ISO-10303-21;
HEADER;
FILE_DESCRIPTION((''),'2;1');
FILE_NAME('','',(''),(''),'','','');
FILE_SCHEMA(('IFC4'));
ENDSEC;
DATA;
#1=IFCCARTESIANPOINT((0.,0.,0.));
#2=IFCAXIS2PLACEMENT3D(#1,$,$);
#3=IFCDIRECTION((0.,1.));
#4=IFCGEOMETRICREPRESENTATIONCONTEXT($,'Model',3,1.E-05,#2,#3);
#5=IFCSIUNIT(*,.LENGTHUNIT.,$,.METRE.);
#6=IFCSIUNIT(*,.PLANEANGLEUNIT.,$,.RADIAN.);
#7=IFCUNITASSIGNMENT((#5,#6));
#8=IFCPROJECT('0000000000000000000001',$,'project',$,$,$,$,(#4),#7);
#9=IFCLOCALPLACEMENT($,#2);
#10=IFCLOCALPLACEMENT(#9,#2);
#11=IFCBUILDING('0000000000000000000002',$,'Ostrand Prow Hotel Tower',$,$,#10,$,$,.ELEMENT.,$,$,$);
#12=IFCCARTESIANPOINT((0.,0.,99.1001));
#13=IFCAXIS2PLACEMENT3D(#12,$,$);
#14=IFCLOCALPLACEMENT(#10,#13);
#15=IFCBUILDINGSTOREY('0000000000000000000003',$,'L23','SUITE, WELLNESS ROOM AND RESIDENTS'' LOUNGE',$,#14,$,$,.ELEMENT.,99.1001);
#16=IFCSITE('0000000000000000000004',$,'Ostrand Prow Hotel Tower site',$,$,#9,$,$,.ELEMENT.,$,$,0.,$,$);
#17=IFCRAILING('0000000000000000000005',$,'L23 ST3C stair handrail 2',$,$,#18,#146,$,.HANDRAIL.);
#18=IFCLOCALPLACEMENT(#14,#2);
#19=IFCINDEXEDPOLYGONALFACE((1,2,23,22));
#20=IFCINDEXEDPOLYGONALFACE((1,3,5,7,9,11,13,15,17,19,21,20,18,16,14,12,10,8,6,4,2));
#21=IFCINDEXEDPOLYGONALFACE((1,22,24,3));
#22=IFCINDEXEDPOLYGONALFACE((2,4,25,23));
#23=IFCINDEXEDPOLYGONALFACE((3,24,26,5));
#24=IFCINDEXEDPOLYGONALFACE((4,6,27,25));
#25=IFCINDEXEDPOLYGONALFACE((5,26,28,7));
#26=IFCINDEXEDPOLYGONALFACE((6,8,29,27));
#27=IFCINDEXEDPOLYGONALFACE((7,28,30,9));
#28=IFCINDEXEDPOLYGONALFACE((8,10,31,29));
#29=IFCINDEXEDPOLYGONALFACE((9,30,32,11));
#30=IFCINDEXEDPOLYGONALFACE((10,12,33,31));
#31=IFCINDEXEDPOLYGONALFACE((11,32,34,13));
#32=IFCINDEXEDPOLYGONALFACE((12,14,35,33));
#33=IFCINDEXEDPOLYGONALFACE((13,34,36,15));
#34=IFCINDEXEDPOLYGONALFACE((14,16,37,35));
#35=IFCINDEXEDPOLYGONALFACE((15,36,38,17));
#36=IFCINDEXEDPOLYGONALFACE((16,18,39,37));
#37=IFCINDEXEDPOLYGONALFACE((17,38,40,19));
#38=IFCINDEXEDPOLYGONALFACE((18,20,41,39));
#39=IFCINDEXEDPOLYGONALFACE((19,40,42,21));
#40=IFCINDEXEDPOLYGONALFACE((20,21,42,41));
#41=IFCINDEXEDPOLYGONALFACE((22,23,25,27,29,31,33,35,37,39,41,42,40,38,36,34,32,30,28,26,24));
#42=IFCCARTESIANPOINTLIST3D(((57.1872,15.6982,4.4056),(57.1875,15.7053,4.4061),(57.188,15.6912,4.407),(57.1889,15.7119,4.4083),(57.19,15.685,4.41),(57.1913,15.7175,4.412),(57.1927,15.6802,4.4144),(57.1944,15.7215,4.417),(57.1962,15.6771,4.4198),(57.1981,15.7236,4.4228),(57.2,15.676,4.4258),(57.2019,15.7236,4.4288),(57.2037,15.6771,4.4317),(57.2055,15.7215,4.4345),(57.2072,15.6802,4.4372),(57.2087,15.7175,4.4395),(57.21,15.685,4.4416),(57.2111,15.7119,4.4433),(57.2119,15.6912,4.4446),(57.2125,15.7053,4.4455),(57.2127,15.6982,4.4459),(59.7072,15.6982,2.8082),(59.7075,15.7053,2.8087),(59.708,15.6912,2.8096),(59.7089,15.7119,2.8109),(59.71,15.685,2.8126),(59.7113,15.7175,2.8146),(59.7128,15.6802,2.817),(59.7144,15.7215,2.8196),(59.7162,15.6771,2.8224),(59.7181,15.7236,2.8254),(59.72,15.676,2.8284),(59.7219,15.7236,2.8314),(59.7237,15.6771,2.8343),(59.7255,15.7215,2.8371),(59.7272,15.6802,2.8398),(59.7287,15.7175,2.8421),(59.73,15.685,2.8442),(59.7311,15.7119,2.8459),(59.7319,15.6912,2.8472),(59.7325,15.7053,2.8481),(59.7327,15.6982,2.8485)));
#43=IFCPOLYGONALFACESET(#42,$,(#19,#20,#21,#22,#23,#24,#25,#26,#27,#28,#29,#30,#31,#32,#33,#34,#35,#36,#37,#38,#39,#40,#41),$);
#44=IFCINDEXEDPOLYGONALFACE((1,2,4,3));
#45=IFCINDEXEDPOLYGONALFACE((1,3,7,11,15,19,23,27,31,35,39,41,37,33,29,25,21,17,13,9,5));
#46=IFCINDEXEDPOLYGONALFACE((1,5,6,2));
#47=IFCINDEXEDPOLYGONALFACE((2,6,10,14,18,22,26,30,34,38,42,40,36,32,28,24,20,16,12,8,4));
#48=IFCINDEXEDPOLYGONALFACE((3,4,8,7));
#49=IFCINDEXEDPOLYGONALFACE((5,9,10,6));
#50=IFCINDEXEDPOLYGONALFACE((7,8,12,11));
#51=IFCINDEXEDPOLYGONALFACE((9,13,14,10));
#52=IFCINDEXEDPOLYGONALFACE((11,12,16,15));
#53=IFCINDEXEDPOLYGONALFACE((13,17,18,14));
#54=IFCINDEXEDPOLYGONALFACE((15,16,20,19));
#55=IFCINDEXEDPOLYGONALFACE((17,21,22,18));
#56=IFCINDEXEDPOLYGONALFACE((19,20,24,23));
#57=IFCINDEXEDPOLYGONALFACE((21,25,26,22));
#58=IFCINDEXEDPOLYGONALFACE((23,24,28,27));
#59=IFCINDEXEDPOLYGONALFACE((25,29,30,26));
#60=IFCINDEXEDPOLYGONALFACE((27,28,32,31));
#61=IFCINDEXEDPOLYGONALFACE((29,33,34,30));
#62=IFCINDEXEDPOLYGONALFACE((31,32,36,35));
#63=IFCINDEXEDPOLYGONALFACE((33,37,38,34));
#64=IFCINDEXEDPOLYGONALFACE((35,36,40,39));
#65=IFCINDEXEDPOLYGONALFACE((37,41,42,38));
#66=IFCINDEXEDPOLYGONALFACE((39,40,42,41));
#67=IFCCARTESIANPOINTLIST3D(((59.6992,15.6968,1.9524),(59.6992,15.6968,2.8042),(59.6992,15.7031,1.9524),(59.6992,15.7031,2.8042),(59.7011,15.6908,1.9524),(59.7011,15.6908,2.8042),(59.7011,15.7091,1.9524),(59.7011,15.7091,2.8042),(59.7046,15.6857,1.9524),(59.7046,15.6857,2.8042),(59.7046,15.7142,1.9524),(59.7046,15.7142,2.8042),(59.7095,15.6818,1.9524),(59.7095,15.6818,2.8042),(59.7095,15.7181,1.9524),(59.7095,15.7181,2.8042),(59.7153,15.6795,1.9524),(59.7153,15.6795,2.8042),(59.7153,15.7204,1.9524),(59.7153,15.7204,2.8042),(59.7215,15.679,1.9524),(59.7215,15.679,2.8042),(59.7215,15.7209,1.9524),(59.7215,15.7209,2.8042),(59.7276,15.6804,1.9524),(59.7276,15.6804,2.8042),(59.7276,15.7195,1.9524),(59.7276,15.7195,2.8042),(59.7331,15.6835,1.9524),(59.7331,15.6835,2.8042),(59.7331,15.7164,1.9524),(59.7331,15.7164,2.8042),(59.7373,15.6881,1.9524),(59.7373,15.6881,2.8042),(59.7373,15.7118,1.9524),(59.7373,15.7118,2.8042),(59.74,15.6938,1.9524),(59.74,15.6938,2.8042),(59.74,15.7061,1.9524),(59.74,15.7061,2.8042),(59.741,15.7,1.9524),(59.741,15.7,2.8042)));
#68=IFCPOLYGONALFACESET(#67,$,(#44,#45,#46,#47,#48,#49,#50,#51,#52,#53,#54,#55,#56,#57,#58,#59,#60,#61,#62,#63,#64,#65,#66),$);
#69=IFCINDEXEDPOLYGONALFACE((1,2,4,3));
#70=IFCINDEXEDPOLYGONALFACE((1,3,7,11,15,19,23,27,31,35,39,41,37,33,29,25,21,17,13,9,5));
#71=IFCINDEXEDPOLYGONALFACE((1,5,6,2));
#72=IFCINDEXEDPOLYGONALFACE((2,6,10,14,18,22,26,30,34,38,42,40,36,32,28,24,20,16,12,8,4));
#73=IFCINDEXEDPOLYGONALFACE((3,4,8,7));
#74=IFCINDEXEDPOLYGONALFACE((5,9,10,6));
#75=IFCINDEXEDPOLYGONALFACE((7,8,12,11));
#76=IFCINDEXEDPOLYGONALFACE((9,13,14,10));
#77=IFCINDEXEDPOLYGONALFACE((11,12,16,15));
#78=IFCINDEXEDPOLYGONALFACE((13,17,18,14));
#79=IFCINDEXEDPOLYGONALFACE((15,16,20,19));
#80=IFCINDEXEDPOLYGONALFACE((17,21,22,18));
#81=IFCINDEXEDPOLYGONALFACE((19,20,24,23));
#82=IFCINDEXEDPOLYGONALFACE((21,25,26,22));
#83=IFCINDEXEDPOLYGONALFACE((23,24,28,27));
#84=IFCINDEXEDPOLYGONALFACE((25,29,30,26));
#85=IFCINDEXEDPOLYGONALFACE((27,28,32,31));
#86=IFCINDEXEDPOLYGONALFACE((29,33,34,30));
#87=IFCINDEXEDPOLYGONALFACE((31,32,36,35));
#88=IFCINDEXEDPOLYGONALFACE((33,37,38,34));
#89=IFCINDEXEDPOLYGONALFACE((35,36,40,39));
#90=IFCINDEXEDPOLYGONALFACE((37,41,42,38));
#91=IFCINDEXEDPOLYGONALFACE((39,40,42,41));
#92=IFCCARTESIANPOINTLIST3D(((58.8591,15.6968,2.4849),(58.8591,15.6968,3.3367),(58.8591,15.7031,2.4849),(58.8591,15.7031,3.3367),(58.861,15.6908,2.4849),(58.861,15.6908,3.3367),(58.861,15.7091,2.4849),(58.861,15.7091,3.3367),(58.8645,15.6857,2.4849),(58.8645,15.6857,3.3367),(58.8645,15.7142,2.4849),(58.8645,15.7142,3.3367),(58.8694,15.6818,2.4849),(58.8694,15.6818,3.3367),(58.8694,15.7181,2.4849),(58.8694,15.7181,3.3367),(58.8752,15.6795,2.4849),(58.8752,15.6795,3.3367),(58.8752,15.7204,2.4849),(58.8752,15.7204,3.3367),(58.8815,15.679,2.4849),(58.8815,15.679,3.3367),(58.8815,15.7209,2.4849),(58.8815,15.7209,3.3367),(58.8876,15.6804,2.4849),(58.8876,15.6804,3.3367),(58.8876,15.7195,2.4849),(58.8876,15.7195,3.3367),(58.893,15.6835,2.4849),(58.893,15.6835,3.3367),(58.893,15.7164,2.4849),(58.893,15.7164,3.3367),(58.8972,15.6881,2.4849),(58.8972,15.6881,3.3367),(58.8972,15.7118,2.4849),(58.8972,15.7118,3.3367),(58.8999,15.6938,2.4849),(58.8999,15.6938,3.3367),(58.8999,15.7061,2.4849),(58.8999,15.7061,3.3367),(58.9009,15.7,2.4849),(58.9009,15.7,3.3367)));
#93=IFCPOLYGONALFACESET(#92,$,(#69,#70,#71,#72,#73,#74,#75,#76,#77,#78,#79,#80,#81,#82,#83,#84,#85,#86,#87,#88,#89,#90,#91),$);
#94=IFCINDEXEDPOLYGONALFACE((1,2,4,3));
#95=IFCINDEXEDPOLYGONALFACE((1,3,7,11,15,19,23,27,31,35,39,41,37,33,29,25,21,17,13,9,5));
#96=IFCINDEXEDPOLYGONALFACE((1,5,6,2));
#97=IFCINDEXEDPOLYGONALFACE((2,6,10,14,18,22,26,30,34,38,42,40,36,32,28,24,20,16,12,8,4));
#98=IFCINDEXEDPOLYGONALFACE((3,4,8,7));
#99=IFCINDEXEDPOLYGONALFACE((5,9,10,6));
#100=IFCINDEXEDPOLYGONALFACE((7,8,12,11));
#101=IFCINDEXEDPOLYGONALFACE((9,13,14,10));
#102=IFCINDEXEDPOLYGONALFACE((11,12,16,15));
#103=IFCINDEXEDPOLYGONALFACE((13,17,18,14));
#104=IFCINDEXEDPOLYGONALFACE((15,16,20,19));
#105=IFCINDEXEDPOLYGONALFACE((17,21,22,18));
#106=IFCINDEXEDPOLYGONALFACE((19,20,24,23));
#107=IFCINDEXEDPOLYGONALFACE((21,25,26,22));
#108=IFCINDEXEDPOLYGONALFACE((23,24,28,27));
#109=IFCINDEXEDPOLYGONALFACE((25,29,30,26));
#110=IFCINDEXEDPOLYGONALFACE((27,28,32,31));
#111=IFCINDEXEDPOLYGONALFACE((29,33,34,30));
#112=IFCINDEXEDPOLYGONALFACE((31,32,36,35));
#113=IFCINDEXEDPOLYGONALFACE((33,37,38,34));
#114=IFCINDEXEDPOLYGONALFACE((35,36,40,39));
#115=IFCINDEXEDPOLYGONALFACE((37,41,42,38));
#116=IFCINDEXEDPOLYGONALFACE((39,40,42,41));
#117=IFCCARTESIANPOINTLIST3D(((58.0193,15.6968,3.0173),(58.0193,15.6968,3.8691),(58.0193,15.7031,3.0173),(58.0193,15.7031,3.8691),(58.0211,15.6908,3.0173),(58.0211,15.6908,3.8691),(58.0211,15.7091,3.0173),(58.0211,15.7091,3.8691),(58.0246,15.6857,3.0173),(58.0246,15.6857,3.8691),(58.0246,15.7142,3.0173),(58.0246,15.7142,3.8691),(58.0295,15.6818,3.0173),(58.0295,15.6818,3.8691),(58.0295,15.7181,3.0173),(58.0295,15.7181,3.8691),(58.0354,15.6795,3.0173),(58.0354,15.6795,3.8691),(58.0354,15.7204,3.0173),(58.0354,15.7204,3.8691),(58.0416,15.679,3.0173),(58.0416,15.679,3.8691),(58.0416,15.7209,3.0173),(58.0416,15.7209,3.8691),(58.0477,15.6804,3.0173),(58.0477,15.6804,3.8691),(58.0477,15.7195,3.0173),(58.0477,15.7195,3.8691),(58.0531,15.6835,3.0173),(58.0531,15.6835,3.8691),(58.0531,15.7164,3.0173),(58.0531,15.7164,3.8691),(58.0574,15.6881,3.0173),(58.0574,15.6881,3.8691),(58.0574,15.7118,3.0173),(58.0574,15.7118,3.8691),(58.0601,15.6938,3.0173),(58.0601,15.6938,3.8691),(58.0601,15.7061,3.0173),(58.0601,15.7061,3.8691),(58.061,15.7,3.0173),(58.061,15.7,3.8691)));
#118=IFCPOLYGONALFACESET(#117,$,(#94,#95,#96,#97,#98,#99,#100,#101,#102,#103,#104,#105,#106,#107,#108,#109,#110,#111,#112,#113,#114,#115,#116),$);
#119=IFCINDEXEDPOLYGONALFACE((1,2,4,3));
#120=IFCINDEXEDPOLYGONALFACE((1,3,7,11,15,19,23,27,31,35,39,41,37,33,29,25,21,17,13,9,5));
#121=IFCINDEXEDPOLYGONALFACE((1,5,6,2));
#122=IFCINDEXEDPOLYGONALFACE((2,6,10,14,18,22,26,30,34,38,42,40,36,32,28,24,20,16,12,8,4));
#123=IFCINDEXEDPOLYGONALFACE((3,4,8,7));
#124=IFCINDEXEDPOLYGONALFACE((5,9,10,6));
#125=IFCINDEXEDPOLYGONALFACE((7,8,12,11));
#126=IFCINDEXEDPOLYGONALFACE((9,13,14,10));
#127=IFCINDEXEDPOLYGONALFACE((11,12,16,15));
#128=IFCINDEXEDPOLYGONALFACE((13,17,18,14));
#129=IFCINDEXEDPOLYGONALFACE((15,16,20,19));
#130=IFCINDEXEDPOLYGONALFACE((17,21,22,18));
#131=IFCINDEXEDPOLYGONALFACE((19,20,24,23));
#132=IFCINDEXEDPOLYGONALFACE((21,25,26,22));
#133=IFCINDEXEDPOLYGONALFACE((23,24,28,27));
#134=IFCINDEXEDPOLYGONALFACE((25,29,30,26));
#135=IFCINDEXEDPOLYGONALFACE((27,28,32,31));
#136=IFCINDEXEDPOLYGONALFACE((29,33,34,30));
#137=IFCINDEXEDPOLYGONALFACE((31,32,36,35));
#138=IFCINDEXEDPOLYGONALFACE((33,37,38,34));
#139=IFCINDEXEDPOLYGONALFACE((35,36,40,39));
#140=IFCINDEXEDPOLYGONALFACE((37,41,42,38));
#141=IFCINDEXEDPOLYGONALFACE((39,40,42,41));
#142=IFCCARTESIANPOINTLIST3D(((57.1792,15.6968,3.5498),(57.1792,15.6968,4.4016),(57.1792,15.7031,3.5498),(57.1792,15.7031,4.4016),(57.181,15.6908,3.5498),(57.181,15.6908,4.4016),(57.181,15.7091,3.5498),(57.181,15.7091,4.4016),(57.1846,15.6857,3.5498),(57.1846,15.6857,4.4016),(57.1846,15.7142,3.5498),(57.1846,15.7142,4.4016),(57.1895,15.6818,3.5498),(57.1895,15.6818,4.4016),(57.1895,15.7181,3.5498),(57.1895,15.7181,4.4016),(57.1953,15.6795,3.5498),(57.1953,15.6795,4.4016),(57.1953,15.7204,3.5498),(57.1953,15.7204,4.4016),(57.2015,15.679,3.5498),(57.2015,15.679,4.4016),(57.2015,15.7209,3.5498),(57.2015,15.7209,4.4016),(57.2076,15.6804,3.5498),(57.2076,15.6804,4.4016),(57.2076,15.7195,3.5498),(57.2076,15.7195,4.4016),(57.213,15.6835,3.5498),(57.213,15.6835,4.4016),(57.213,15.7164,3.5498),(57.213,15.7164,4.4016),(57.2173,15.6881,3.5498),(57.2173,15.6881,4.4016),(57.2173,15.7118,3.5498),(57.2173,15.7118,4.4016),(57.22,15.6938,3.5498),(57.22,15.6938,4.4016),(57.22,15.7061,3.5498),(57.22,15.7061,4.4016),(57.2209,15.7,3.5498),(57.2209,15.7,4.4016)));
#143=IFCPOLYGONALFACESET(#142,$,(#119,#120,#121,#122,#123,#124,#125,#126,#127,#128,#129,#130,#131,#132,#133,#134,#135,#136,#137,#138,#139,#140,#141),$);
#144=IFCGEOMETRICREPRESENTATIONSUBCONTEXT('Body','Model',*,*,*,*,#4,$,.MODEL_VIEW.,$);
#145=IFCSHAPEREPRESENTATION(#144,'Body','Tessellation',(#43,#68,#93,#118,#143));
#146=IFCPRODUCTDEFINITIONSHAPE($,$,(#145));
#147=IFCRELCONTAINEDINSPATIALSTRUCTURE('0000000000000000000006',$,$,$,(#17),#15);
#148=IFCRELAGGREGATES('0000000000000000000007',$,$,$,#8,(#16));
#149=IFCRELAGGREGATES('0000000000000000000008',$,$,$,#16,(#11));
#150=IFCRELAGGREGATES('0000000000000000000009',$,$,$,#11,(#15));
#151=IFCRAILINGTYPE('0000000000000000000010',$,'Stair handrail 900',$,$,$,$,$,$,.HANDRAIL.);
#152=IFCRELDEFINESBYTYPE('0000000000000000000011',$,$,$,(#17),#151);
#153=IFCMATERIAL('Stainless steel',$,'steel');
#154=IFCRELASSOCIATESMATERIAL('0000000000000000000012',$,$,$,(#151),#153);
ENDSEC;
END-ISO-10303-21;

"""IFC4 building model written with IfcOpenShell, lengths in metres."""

from ifc_helpers import new_model, si_unit, direction, frame, origin, origin_2d, place, context, subcontext, project, spatial, circle, extrude, material, type_object, element, save


model = new_model("IFC4")

# Units and contexts
model_context = context("Model", 3, precision=1e-05, world=origin(), true_north=direction((0.0, 1.0)))
body_context = subcontext(model_context, "Body", "Model", "MODEL_VIEW")
ifc_project = project(units=[si_unit("LENGTHUNIT", "METRE"), si_unit("PLANEANGLEUNIT", "RADIAN")], contexts=[model_context])

# Site, building, storey
site_placement = place(None, origin())
site = spatial("IfcSite", under=ifc_project, at=site_placement, Name="Ostrand Prow Hotel Tower site", CompositionType="ELEMENT", RefElevation=0.0)
building_placement = place(site_placement, origin())
building = spatial("IfcBuilding", under=site, at=building_placement, Name="Ostrand Prow Hotel Tower", CompositionType="ELEMENT")
storey_placement = place(building_placement, frame((0.0, 0.0, 99.1001)))
storey = spatial("IfcBuildingStorey", under=building, at=storey_placement, Name="L23", Description="SUITE, WELLNESS ROOM AND RESIDENTS' LOUNGE", CompositionType="ELEMENT", Elevation=99.1001)

# Railing
ifc_material_1 = material(Name="Stainless steel", Category="steel")
railing_type_1 = type_object("IfcRailingType", Name="Stair handrail 900", PredefinedType="HANDRAIL", material=ifc_material_1)
railing_1_placement = place(storey_placement, frame((59.72, 15.7, 1.9524)))
element("IfcRailing", 1, at=railing_1_placement, inside=storey, type_object=railing_type_1, Name="L23 ST3C stair handrail 2", PredefinedType="HANDRAIL", context=body_context, shape_type="SweptSolid", body=[
    extrude(circle(Radius=0.0239, at=origin_2d()), frame((0.0, 0.0, 0.876), z_axis=(-0.844607, 0.0, 0.535387), x_axis=(0.0, -1.0, 0.0)), (0.0, 0.0, 1.0), 2.9836),
    extrude(circle(Radius=0.021, at=origin_2d()), origin(), (0.0, 0.0, 1.0), 0.8518),
    extrude(circle(Radius=0.021, at=origin_2d()), frame((-0.8401, 0.0, 0.5325)), (0.0, 0.0, 1.0), 0.8518),
    extrude(circle(Radius=0.021, at=origin_2d()), frame((-1.6799, 0.0, 1.0649)), (0.0, 0.0, 1.0), 0.8518),
    extrude(circle(Radius=0.021, at=origin_2d()), frame((-2.52, 0.0, 1.5974)), (0.0, 0.0, 1.0), 0.8518),
])

save(model, "model.ifc")
